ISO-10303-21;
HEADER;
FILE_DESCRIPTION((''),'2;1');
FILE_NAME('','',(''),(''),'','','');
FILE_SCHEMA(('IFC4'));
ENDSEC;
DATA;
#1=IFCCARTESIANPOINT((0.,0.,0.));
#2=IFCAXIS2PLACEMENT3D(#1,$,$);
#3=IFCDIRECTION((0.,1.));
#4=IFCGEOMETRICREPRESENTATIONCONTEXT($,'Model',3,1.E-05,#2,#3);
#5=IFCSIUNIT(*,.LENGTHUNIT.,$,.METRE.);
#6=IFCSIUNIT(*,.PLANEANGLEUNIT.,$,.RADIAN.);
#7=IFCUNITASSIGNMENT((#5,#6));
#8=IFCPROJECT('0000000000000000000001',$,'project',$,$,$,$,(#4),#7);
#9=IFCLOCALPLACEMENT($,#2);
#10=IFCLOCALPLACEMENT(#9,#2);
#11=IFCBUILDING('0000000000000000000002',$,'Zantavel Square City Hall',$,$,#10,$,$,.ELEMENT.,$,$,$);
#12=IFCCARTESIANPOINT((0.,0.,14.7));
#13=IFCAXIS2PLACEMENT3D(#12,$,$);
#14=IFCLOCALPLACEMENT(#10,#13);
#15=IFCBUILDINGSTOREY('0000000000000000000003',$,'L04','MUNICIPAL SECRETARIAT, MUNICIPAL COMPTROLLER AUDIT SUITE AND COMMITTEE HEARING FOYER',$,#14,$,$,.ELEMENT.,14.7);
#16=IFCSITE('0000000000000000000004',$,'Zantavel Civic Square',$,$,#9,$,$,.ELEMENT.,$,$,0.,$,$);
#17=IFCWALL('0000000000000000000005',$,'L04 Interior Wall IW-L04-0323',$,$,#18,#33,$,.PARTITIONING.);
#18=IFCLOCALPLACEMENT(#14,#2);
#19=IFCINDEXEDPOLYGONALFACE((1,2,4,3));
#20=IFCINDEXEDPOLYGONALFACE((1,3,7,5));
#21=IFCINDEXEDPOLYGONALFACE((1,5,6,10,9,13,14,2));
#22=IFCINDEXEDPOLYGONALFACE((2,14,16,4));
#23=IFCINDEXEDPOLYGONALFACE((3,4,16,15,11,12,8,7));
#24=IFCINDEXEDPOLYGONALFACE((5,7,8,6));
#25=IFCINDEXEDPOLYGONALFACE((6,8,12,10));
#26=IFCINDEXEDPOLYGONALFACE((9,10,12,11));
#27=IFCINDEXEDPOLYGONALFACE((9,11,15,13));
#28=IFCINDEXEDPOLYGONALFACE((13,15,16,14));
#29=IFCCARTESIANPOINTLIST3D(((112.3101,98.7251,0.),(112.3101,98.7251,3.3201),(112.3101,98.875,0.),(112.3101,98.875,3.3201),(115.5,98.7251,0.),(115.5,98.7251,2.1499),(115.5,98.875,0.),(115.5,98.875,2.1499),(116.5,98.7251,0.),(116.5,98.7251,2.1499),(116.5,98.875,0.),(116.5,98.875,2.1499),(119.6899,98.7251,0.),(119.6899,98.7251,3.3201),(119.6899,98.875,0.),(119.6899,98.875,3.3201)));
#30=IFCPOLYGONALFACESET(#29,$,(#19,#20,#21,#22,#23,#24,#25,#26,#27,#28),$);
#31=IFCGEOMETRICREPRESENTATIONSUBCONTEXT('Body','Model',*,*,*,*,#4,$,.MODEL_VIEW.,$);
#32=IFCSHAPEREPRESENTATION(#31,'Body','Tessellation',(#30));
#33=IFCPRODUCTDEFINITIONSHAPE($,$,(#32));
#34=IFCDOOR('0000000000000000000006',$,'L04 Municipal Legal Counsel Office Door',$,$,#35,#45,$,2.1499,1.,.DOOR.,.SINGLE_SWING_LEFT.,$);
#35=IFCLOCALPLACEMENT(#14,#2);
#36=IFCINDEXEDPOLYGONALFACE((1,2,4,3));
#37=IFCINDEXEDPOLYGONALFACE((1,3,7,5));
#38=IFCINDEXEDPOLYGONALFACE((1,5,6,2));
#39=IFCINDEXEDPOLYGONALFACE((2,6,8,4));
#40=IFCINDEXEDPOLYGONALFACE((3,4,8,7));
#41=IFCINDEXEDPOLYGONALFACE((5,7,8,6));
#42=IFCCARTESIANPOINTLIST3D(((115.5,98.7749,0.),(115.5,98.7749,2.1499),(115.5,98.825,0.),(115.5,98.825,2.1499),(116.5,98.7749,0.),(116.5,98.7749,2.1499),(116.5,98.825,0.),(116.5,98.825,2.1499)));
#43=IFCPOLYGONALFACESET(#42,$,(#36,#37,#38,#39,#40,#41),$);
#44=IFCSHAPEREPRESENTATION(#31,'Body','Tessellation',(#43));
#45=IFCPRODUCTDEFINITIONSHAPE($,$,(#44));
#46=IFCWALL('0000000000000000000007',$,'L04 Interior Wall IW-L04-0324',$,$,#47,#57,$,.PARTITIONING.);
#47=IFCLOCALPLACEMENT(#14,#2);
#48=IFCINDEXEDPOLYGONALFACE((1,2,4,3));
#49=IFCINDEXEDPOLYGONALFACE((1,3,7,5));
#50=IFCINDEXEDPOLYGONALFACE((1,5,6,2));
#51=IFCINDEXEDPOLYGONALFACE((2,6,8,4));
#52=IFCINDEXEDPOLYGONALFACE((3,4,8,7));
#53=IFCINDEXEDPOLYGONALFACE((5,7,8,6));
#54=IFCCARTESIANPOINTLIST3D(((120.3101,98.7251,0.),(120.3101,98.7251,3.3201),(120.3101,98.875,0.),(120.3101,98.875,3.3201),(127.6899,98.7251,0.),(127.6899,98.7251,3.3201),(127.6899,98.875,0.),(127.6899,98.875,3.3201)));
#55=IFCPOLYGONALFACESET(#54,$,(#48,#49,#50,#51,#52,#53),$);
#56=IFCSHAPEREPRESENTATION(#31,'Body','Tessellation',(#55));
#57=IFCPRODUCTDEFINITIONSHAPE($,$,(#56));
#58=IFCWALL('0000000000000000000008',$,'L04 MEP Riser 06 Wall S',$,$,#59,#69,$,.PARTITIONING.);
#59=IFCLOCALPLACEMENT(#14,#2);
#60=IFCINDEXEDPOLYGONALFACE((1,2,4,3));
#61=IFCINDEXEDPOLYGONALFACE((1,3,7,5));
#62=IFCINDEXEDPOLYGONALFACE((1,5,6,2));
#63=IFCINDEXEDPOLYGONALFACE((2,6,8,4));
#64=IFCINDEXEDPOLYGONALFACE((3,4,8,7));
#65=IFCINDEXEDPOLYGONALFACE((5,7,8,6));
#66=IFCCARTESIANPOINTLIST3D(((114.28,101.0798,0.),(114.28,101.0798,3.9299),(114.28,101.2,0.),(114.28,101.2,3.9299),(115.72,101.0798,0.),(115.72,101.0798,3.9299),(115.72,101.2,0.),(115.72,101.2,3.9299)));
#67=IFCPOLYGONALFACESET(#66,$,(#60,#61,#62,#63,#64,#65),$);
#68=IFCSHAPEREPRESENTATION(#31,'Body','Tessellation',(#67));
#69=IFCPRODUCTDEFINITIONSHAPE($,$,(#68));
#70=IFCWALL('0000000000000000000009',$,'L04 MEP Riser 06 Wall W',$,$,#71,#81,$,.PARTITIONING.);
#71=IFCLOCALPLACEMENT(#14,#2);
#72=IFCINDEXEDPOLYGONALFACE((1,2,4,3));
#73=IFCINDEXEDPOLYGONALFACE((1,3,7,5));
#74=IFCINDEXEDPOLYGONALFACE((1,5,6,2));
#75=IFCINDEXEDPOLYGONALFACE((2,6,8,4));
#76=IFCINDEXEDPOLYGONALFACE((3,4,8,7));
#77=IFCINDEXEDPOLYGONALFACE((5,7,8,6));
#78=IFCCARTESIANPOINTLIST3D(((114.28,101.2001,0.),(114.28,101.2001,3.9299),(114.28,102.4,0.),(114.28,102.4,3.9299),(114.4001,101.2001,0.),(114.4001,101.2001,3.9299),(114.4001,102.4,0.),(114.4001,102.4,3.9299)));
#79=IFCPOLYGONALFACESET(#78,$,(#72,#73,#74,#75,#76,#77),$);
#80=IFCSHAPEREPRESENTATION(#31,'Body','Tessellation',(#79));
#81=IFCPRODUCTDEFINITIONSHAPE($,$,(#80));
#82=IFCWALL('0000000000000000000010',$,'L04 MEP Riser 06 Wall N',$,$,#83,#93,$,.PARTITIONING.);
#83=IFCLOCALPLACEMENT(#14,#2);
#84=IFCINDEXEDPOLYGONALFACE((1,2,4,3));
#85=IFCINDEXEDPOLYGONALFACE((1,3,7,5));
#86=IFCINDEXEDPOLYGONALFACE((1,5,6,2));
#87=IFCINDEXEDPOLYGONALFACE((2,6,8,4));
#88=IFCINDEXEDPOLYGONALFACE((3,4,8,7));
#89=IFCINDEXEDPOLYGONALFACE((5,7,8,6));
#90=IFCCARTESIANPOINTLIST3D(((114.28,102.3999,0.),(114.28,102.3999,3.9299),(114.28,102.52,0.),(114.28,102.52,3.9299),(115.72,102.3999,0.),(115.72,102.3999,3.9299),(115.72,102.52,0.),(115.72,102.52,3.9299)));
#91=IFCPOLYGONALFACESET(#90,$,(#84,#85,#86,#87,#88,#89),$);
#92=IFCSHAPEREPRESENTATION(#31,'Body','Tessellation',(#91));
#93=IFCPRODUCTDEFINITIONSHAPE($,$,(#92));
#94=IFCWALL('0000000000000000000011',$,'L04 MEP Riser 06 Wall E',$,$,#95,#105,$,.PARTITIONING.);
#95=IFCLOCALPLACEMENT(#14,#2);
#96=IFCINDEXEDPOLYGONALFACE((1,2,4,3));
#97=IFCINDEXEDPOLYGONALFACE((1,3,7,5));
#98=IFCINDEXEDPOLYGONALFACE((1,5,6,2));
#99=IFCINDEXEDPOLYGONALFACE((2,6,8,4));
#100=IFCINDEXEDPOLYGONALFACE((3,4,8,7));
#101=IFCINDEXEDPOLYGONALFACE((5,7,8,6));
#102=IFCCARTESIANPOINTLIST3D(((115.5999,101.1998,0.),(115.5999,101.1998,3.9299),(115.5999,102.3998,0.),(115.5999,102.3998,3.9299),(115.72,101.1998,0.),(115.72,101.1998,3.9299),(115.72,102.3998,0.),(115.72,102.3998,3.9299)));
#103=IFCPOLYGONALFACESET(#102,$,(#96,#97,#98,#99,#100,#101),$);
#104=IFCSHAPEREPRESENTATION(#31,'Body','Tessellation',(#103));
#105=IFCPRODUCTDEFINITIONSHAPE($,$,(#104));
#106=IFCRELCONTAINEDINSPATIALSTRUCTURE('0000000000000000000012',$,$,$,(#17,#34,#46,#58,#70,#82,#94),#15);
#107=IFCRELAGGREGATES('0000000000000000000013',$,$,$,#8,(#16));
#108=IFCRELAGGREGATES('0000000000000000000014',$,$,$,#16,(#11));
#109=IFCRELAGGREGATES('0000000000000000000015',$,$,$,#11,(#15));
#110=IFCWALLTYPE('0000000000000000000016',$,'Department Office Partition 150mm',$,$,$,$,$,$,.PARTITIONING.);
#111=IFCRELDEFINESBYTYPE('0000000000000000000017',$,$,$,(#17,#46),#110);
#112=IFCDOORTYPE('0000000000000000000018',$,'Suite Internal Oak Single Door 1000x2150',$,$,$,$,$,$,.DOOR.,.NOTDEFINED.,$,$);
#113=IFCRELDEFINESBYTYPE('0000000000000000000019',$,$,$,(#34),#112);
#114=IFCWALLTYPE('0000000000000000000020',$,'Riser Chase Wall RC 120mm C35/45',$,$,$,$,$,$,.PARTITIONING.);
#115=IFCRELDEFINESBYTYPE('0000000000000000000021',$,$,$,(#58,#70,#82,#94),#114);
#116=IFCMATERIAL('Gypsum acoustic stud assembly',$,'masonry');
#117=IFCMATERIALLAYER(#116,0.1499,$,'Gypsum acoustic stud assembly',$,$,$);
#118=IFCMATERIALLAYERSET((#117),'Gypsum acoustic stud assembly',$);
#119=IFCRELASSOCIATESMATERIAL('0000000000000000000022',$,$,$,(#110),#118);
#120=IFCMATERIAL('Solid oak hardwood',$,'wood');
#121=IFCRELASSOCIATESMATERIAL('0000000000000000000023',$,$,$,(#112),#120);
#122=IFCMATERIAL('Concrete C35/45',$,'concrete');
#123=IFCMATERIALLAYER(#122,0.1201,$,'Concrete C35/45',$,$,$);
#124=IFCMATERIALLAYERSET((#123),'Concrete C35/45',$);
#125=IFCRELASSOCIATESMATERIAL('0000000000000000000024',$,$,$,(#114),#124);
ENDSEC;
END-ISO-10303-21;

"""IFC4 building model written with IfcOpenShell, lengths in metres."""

from ifc_helpers import new_model, si_unit, direction, frame, frame_2d, origin, place, context, subcontext, project, spatial, rectangle, extrude, material, layer, layer_set, type_object, element, fill, save


model = new_model("IFC4")

# Units and contexts
model_context = context("Model", 3, precision=1e-05, world=origin(), true_north=direction((0.0, 1.0)))
body_context = subcontext(model_context, "Body", "Model", "MODEL_VIEW")
ifc_project = project(units=[si_unit("LENGTHUNIT", "METRE"), si_unit("PLANEANGLEUNIT", "RADIAN")], contexts=[model_context])

# Site, building, storey
site_placement = place(None, origin())
site = spatial("IfcSite", under=ifc_project, at=site_placement, Name="Zantavel Civic Square", CompositionType="ELEMENT", RefElevation=0.0)
building_placement = place(site_placement, origin())
building = spatial("IfcBuilding", under=site, at=building_placement, Name="Zantavel Square City Hall", CompositionType="ELEMENT")
storey_placement = place(building_placement, frame((0.0, 0.0, 14.7)))
storey = spatial("IfcBuildingStorey", under=building, at=storey_placement, Name="L04", Description="MUNICIPAL SECRETARIAT, MUNICIPAL COMPTROLLER AUDIT SUITE AND COMMITTEE HEARING FOYER", CompositionType="ELEMENT", Elevation=14.7)

# Shared definitions
ifc_material_1 = material(Name="Concrete C35/45", Category="concrete")

# Wall, opening, door
ifc_material_2 = material(Name="Gypsum acoustic stud assembly", Category="masonry")
ifc_layer_1 = layer(ifc_material_2, 0.1499, Name="Gypsum acoustic stud assembly")
ifc_layer_set_1 = layer_set([ifc_layer_1], Name="Gypsum acoustic stud assembly")
wall_type_1 = type_object("IfcWallType", Name="Department Office Partition 150mm", PredefinedType="PARTITIONING", material=ifc_layer_set_1)
wall_1_placement = place(storey_placement, frame((112.3101, 98.8, 0.0), z_axis=(0.0, 0.0, 1.0), x_axis=(1.0, 0.0, 0.0)))
wall_1 = element("IfcWall", 1, at=wall_1_placement, inside=storey, type_object=wall_type_1, Name="L04 Interior Wall IW-L04-0323", PredefinedType="PARTITIONING", context=body_context, shape_type="SweptSolid", body=[
    extrude(rectangle(XDim=7.3799, YDim=0.1499, at=frame_2d((3.6899, 0.0))), origin(), (0.0, 0.0, 1.0), 3.3201),
])
opening_1_placement = place(wall_1_placement, frame((3.1899, 0.0, 0.0)))
opening_1 = element("IfcOpeningElement", 2, at=opening_1_placement, cuts=wall_1, PredefinedType="OPENING", context=body_context, shape_type="SweptSolid", body=[
    extrude(rectangle(XDim=1.0, YDim=2.1499, at=frame_2d((0.5, 1.075))), frame((0.0, 0.085, 0.0), z_axis=(0.0, -1.0, 0.0), x_axis=(1.0, 0.0, 0.0)), (0.0, 0.0, 1.0), 0.1699),
])
ifc_material_3 = material(Name="Solid oak hardwood", Category="wood")
door_type = type_object("IfcDoorType", Name="Suite Internal Oak Single Door 1000x2150", OperationType="NOTDEFINED", PredefinedType="DOOR", material=ifc_material_3)
door_placement = place(opening_1_placement, origin())
door = element("IfcDoor", 3, at=door_placement, inside=storey, type_object=door_type, Name="L04 Municipal Legal Counsel Office Door", OperationType="SINGLE_SWING_LEFT", OverallHeight=2.1499, OverallWidth=1.0, PredefinedType="DOOR", context=body_context, shape_type="SweptSolid", body=[
    extrude(rectangle(XDim=1.0, YDim=2.1499, at=frame_2d((0.5, 1.075))), frame((0.0, 0.0249, 0.0), z_axis=(0.0, -1.0, 0.0), x_axis=(1.0, 0.0, 0.0)), (0.0, 0.0, 1.0), 0.05),
])
fill(opening_1, door)

# Walls
wall_2_placement = place(storey_placement, frame((120.3101, 98.8, 0.0), z_axis=(0.0, 0.0, 1.0), x_axis=(1.0, 0.0, 0.0)))
element("IfcWall", 4, at=wall_2_placement, inside=storey, type_object=wall_type_1, Name="L04 Interior Wall IW-L04-0324", PredefinedType="PARTITIONING", context=body_context, shape_type="SweptSolid", body=[
    extrude(rectangle(XDim=7.3799, YDim=0.1499, at=frame_2d((3.6899, 0.0))), origin(), (0.0, 0.0, 1.0), 3.3201),
])
ifc_layer_2 = layer(ifc_material_1, 0.1201, Name="Concrete C35/45")
ifc_layer_set_2 = layer_set([ifc_layer_2], Name="Concrete C35/45")
wall_type_2 = type_object("IfcWallType", Name="Riser Chase Wall RC 120mm C35/45", PredefinedType="PARTITIONING", material=ifc_layer_set_2)
wall_3_placement = place(storey_placement, frame((115.72, 101.1399, 0.0), z_axis=(0.0, 0.0, 1.0), x_axis=(-1.0, 0.0, 0.0)))
element("IfcWall", 5, at=wall_3_placement, inside=storey, type_object=wall_type_2, Name="L04 MEP Riser 06 Wall S", PredefinedType="PARTITIONING", context=body_context, shape_type="SweptSolid", body=[
    extrude(rectangle(XDim=1.4399, YDim=0.1201, at=frame_2d((0.72, 0.0))), origin(), (0.0, 0.0, 1.0), 3.9299),
])
wall_4_placement = place(storey_placement, frame((114.3401, 101.2, 0.0), z_axis=(0.0, 0.0, 1.0), x_axis=(0.0, 1.0, 0.0)))
element("IfcWall", 6, at=wall_4_placement, inside=storey, type_object=wall_type_2, Name="L04 MEP Riser 06 Wall W", PredefinedType="PARTITIONING", context=body_context, shape_type="SweptSolid", body=[
    extrude(rectangle(XDim=1.2, YDim=0.1201, at=frame_2d((0.6001, 0.0))), origin(), (0.0, 0.0, 1.0), 3.9299),
])
wall_5_placement = place(storey_placement, frame((114.28, 102.46, 0.0), z_axis=(0.0, 0.0, 1.0), x_axis=(1.0, 0.0, 0.0)))
element("IfcWall", 7, at=wall_5_placement, inside=storey, type_object=wall_type_2, Name="L04 MEP Riser 06 Wall N", PredefinedType="PARTITIONING", context=body_context, shape_type="SweptSolid", body=[
    extrude(rectangle(XDim=1.4399, YDim=0.1201, at=frame_2d((0.72, 0.0))), origin(), (0.0, 0.0, 1.0), 3.9299),
])
wall_6_placement = place(storey_placement, frame((115.6599, 102.3999, 0.0), z_axis=(0.0, 0.0, 1.0), x_axis=(0.0, -1.0, 0.0)))
element("IfcWall", 8, at=wall_6_placement, inside=storey, type_object=wall_type_2, Name="L04 MEP Riser 06 Wall E", PredefinedType="PARTITIONING", context=body_context, shape_type="SweptSolid", body=[
    extrude(rectangle(XDim=1.2, YDim=0.1201, at=frame_2d((0.6001, 0.0))), origin(), (0.0, 0.0, 1.0), 3.9299),
])

save(model, "model.ifc")
